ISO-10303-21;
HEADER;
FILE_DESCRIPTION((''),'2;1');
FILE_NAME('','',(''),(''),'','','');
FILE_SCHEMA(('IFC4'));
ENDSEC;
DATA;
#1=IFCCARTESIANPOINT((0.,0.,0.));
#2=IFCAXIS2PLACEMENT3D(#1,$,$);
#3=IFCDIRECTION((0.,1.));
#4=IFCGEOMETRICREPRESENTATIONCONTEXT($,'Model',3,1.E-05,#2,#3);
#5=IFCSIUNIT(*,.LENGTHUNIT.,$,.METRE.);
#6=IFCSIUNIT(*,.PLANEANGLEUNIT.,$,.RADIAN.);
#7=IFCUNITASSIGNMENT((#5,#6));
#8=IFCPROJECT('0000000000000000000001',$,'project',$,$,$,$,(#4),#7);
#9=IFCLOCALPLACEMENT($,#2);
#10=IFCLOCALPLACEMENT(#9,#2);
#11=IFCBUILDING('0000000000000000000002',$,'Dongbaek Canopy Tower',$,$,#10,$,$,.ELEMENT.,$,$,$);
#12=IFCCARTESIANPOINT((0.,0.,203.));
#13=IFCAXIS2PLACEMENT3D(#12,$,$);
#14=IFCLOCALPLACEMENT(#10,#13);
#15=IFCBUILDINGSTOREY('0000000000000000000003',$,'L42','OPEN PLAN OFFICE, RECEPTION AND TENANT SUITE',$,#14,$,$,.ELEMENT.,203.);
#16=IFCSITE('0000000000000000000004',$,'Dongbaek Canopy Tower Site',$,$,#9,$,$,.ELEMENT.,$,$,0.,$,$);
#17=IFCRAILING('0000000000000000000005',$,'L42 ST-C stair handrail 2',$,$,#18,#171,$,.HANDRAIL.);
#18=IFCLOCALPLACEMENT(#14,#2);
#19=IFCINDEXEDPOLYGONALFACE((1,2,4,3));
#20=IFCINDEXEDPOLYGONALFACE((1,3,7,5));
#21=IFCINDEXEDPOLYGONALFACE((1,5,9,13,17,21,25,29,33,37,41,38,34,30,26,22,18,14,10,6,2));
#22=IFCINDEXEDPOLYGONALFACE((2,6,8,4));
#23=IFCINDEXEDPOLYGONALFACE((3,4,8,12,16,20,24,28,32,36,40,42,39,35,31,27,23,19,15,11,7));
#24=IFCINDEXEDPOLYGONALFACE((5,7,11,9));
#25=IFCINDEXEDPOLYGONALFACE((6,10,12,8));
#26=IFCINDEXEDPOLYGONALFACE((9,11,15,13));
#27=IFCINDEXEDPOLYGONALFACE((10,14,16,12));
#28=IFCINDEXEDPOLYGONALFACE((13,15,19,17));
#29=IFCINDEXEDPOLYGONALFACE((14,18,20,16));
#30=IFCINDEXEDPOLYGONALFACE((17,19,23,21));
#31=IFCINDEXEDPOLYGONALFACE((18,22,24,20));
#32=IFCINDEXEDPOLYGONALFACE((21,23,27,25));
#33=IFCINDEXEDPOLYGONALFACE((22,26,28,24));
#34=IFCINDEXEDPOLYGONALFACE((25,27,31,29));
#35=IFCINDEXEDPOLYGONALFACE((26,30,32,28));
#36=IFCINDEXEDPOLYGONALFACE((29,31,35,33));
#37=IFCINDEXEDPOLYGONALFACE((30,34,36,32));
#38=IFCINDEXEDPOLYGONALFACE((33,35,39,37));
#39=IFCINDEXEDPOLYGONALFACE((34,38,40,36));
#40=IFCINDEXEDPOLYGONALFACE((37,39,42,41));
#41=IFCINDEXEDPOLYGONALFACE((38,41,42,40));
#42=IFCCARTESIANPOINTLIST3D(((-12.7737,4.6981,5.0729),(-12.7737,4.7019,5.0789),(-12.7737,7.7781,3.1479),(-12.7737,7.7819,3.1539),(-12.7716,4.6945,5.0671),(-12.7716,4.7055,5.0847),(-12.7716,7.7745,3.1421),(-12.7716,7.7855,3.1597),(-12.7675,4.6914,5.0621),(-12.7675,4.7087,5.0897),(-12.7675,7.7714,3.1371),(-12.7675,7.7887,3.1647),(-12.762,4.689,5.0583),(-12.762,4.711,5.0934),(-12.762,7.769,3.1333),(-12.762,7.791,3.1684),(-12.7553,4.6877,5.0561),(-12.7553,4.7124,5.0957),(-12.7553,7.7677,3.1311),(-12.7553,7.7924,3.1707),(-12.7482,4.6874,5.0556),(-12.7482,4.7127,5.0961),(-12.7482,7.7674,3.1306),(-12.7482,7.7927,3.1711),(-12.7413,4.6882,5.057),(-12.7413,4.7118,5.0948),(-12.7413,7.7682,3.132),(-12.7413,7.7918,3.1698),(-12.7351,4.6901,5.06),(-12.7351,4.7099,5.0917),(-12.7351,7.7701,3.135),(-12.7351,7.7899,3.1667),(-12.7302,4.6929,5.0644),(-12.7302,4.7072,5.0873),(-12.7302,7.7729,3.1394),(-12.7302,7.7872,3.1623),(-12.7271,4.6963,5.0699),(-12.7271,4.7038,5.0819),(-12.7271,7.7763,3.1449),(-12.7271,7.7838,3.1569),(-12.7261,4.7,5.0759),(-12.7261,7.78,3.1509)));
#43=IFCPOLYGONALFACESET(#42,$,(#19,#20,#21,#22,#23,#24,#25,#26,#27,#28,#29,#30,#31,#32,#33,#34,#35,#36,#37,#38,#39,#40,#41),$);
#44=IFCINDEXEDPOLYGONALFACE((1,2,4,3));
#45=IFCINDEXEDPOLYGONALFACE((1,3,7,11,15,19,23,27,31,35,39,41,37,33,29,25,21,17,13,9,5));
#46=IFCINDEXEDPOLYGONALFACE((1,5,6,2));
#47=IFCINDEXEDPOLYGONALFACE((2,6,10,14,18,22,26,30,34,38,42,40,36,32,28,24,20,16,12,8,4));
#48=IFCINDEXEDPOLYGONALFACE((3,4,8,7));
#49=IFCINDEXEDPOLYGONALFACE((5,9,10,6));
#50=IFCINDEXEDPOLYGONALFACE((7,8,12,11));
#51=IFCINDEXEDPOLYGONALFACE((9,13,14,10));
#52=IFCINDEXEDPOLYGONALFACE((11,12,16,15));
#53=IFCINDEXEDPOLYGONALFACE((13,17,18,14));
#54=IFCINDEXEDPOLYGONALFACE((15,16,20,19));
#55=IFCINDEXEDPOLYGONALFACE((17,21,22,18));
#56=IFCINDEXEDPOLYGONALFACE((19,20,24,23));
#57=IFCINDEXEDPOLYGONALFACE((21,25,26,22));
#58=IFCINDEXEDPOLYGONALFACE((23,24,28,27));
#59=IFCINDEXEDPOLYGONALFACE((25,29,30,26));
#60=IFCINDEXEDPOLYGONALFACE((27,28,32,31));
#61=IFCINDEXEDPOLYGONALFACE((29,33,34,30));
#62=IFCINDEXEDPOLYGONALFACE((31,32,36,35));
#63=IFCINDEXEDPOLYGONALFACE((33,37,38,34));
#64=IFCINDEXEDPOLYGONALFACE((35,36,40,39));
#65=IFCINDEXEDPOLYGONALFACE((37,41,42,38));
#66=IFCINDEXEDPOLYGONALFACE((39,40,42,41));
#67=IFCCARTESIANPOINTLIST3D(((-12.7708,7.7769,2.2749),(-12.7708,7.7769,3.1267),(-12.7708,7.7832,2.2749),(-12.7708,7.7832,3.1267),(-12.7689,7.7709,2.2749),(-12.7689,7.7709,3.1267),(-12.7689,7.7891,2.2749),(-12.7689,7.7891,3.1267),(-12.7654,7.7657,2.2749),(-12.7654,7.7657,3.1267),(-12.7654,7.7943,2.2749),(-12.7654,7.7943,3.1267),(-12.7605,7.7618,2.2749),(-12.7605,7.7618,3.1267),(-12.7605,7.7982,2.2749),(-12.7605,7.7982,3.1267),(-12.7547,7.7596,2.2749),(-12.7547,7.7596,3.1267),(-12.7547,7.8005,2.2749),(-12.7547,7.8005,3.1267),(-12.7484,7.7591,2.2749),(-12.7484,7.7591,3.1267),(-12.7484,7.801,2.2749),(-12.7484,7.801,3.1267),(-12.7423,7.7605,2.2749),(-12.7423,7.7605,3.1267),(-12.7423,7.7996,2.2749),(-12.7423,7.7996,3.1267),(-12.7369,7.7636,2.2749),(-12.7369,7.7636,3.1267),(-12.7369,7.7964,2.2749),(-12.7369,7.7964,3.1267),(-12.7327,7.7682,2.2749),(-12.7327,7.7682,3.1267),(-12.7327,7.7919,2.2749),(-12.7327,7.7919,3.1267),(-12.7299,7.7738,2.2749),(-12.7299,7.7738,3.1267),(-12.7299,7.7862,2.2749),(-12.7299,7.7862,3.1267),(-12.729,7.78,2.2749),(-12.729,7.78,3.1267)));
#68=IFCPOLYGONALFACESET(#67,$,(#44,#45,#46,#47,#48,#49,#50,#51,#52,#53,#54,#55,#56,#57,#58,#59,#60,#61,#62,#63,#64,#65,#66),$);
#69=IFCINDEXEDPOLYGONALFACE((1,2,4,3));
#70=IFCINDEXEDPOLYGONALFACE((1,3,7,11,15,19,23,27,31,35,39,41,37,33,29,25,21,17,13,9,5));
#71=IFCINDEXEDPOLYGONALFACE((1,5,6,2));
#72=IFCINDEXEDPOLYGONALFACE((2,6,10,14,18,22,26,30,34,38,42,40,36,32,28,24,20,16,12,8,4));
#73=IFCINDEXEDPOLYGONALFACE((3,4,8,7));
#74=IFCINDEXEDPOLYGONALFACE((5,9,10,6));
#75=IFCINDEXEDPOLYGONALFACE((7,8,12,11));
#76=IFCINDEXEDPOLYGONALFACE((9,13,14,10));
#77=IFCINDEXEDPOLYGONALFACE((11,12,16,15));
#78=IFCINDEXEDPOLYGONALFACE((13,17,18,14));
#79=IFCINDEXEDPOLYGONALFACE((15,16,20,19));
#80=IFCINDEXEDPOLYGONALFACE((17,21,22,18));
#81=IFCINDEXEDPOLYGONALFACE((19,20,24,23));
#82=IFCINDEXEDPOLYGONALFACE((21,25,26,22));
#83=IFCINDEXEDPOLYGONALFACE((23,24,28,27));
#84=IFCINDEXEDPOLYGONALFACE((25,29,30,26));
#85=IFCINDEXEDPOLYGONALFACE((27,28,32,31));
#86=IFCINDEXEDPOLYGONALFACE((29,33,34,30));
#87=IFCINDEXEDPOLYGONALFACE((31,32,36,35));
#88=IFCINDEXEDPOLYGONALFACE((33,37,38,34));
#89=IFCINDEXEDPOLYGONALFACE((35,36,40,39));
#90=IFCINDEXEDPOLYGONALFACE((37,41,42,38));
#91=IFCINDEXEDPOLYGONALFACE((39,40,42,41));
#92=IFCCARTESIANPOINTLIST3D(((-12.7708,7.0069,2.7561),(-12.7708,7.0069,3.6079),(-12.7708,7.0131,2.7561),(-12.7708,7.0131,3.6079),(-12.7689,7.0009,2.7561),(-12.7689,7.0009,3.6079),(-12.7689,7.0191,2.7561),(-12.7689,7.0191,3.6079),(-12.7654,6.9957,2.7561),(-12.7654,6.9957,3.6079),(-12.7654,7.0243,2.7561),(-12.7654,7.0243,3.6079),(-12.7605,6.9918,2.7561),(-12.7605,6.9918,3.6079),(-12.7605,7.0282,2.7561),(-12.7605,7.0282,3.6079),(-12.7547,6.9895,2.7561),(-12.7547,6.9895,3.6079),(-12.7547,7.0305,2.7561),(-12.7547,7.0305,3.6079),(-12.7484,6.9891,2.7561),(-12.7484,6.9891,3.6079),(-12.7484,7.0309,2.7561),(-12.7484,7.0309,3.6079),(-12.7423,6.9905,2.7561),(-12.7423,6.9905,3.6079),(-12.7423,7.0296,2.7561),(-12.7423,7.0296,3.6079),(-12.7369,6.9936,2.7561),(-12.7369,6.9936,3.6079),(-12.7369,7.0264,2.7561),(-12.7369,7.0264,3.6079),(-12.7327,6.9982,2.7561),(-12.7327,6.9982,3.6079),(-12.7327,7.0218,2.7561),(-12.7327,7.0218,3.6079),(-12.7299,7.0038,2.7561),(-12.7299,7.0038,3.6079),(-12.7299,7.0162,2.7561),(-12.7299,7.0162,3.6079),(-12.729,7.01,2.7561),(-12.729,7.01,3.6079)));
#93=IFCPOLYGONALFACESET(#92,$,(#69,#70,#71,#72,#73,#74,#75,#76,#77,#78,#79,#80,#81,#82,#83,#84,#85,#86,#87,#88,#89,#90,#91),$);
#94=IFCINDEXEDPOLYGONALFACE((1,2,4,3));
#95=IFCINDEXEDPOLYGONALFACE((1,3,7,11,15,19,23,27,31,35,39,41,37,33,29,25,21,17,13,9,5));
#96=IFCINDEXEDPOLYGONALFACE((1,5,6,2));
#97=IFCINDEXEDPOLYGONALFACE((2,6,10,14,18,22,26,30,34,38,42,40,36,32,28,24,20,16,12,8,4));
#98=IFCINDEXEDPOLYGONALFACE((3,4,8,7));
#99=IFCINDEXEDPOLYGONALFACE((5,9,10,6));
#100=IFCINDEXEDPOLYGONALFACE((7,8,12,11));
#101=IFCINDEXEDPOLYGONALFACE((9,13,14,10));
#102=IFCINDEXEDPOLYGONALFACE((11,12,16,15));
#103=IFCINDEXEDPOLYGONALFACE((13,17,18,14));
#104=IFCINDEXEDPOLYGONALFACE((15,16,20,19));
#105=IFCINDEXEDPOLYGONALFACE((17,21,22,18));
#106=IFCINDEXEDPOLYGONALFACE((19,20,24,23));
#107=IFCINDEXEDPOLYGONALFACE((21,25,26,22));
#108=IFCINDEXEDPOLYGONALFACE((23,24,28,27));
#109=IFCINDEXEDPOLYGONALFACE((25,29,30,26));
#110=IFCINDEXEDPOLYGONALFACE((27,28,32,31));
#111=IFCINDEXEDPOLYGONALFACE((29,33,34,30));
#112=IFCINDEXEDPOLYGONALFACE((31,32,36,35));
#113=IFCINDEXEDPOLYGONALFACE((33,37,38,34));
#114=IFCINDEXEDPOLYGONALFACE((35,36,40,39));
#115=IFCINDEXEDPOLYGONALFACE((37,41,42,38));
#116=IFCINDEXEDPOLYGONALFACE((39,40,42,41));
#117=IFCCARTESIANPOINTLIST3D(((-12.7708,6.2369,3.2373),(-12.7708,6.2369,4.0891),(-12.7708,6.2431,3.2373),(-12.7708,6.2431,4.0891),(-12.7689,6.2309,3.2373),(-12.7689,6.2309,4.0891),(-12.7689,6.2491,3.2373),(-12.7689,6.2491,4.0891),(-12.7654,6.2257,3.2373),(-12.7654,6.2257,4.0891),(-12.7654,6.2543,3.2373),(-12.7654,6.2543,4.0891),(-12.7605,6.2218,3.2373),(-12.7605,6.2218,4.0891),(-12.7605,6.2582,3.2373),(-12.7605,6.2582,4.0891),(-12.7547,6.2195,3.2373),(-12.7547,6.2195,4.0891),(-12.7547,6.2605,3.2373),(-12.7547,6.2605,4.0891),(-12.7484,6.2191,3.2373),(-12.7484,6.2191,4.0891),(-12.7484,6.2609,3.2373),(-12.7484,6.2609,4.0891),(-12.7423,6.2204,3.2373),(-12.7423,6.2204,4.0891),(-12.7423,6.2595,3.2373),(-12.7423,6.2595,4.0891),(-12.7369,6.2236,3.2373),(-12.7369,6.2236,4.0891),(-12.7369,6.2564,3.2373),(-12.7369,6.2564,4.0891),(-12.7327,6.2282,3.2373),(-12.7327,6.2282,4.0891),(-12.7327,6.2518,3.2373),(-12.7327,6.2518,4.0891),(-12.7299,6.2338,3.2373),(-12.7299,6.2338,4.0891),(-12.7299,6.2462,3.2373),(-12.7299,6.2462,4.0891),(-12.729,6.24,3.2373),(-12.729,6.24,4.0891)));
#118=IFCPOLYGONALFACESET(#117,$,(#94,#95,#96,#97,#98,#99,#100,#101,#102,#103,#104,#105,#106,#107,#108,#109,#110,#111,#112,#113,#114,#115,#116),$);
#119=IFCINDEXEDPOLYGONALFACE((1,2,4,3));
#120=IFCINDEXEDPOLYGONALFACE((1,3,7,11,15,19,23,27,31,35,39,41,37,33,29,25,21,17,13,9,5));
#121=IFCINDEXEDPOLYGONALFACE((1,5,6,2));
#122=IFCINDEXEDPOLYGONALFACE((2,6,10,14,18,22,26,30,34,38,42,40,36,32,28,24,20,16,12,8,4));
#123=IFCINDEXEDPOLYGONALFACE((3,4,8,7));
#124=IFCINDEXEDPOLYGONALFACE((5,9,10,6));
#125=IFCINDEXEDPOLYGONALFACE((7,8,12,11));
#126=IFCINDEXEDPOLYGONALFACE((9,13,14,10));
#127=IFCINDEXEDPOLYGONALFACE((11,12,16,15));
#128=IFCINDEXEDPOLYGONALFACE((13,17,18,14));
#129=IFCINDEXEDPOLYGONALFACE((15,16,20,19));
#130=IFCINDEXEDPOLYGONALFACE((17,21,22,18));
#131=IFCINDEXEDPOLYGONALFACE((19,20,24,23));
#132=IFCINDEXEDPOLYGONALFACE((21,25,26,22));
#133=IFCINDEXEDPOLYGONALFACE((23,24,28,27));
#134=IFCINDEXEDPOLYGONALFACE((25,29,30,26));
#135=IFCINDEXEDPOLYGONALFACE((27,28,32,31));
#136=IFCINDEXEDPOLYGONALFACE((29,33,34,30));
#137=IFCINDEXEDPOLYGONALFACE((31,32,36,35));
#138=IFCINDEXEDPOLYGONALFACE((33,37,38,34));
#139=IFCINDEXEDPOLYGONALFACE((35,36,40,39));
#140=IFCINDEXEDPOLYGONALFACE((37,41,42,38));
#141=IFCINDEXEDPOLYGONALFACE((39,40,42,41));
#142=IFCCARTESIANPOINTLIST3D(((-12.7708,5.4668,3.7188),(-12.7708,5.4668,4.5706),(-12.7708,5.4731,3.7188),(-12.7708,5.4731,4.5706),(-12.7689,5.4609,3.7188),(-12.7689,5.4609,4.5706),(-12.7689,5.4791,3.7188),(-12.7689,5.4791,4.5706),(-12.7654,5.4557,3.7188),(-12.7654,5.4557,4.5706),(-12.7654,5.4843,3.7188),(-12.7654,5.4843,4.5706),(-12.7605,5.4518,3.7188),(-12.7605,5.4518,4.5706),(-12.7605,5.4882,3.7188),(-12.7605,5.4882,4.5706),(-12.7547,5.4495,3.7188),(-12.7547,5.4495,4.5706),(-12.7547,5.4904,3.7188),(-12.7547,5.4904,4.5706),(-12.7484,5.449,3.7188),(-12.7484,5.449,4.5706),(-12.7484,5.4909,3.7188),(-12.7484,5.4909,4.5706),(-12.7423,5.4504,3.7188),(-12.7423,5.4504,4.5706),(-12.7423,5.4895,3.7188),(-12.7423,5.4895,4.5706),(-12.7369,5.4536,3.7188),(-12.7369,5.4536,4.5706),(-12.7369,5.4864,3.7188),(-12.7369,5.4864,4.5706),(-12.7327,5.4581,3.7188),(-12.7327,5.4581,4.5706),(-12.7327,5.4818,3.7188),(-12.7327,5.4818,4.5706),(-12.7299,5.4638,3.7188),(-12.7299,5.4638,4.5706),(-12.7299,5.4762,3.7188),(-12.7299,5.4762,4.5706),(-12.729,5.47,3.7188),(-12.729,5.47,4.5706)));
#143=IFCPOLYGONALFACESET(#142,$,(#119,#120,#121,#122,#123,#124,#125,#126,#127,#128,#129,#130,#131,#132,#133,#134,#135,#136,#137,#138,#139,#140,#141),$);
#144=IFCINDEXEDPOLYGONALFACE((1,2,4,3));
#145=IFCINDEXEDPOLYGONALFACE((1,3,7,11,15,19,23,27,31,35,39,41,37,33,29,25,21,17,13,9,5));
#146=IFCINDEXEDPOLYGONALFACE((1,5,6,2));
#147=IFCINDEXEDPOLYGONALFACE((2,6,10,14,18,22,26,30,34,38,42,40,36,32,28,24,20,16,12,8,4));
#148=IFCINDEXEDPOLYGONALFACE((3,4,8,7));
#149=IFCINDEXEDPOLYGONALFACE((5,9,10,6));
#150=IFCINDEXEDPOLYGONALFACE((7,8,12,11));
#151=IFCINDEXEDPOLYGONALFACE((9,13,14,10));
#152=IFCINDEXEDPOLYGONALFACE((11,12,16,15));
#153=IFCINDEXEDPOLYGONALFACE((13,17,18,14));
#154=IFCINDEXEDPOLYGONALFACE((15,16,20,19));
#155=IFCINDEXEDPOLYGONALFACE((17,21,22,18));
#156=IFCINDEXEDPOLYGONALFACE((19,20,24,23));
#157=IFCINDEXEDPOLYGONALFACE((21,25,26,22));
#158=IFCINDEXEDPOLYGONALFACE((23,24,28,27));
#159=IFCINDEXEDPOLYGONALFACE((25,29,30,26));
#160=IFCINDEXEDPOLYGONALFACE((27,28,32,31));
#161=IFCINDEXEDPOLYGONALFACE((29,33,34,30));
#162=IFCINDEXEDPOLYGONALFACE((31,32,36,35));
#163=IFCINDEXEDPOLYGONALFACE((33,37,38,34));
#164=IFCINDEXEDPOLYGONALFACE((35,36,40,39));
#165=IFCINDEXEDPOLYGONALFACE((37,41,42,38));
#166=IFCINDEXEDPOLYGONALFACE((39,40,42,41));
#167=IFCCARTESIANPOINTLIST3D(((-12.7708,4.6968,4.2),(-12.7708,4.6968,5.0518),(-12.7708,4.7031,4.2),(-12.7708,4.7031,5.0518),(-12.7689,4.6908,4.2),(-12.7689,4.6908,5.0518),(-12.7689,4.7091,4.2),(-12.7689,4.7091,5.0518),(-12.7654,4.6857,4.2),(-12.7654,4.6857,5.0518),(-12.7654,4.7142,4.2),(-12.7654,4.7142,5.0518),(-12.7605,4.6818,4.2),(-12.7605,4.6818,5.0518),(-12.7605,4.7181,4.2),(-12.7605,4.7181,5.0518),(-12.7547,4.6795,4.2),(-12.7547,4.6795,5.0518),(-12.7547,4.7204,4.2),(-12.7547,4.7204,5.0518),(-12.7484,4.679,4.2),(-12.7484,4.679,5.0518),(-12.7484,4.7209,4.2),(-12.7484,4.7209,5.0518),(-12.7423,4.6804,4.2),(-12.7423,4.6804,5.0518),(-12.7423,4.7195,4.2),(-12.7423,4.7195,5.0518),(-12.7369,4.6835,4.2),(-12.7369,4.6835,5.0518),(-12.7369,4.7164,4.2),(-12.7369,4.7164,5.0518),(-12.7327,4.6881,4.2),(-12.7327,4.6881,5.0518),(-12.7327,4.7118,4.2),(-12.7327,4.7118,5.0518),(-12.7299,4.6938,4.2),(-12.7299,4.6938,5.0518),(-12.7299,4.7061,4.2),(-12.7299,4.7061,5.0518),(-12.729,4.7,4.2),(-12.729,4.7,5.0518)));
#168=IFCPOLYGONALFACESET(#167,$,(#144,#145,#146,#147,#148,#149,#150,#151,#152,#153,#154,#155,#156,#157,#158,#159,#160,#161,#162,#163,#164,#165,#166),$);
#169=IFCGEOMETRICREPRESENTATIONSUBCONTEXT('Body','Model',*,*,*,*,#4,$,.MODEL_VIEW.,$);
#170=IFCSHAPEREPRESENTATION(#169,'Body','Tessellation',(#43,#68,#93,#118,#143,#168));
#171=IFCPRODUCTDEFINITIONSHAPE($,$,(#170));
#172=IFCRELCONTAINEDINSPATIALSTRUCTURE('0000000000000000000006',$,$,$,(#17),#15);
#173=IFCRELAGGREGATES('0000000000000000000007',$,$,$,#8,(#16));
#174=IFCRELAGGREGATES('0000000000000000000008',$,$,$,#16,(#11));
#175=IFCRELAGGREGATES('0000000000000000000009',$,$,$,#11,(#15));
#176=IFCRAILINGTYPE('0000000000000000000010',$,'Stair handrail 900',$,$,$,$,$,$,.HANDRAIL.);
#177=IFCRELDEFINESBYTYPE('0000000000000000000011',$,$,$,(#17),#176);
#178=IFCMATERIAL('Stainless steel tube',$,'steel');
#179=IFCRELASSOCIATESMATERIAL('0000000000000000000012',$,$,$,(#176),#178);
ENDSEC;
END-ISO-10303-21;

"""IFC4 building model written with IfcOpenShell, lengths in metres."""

from ifc_helpers import new_model, si_unit, direction, frame, origin, origin_2d, place, context, subcontext, project, spatial, circle, extrude, material, type_object, element, save


model = new_model("IFC4")

# Units and contexts
model_context = context("Model", 3, precision=1e-05, world=origin(), true_north=direction((0.0, 1.0)))
body_context = subcontext(model_context, "Body", "Model", "MODEL_VIEW")
ifc_project = project(units=[si_unit("LENGTHUNIT", "METRE"), si_unit("PLANEANGLEUNIT", "RADIAN")], contexts=[model_context])

# Site, building, storey
site_placement = place(None, origin())
site = spatial("IfcSite", under=ifc_project, at=site_placement, Name="Dongbaek Canopy Tower Site", CompositionType="ELEMENT", RefElevation=0.0)
building_placement = place(site_placement, origin())
building = spatial("IfcBuilding", under=site, at=building_placement, Name="Dongbaek Canopy Tower", CompositionType="ELEMENT")
storey_placement = place(building_placement, frame((0.0, 0.0, 203.0)))
storey = spatial("IfcBuildingStorey", under=building, at=storey_placement, Name="L42", Description="OPEN PLAN OFFICE, RECEPTION AND TENANT SUITE", CompositionType="ELEMENT", Elevation=203.0)

# Railing
ifc_material_1 = material(Name="Stainless steel tube", Category="steel")
railing_type_1 = type_object("IfcRailingType", Name="Stair handrail 900", PredefinedType="HANDRAIL", material=ifc_material_1)
railing_1_placement = place(storey_placement, frame((-12.75, 7.78, 2.2749)))
element("IfcRailing", 1, at=railing_1_placement, inside=storey, type_object=railing_type_1, Name="L42 ST-C stair handrail 2", PredefinedType="HANDRAIL", context=body_context, shape_type="SweptSolid", body=[
    extrude(circle(Radius=0.0239, at=origin_2d()), frame((0.0, 0.0, 0.876), z_axis=(0.0, -0.847998, 0.529999), x_axis=(1.0, 0.0, 0.0)), (0.0, 0.0, 1.0), 3.6321),
    extrude(circle(Radius=0.021, at=origin_2d()), origin(), (0.0, 0.0, 1.0), 0.8518),
    extrude(circle(Radius=0.021, at=origin_2d()), frame((0.0, -0.77, 0.4812)), (0.0, 0.0, 1.0), 0.8518),
    extrude(circle(Radius=0.021, at=origin_2d()), frame((0.0, -1.54, 0.9624)), (0.0, 0.0, 1.0), 0.8518),
    extrude(circle(Radius=0.021, at=origin_2d()), frame((0.0, -2.3101, 1.4438)), (0.0, 0.0, 1.0), 0.8518),
    extrude(circle(Radius=0.021, at=origin_2d()), frame((0.0, -3.0801, 1.925)), (0.0, 0.0, 1.0), 0.8518),
])

save(model, "model.ifc")
